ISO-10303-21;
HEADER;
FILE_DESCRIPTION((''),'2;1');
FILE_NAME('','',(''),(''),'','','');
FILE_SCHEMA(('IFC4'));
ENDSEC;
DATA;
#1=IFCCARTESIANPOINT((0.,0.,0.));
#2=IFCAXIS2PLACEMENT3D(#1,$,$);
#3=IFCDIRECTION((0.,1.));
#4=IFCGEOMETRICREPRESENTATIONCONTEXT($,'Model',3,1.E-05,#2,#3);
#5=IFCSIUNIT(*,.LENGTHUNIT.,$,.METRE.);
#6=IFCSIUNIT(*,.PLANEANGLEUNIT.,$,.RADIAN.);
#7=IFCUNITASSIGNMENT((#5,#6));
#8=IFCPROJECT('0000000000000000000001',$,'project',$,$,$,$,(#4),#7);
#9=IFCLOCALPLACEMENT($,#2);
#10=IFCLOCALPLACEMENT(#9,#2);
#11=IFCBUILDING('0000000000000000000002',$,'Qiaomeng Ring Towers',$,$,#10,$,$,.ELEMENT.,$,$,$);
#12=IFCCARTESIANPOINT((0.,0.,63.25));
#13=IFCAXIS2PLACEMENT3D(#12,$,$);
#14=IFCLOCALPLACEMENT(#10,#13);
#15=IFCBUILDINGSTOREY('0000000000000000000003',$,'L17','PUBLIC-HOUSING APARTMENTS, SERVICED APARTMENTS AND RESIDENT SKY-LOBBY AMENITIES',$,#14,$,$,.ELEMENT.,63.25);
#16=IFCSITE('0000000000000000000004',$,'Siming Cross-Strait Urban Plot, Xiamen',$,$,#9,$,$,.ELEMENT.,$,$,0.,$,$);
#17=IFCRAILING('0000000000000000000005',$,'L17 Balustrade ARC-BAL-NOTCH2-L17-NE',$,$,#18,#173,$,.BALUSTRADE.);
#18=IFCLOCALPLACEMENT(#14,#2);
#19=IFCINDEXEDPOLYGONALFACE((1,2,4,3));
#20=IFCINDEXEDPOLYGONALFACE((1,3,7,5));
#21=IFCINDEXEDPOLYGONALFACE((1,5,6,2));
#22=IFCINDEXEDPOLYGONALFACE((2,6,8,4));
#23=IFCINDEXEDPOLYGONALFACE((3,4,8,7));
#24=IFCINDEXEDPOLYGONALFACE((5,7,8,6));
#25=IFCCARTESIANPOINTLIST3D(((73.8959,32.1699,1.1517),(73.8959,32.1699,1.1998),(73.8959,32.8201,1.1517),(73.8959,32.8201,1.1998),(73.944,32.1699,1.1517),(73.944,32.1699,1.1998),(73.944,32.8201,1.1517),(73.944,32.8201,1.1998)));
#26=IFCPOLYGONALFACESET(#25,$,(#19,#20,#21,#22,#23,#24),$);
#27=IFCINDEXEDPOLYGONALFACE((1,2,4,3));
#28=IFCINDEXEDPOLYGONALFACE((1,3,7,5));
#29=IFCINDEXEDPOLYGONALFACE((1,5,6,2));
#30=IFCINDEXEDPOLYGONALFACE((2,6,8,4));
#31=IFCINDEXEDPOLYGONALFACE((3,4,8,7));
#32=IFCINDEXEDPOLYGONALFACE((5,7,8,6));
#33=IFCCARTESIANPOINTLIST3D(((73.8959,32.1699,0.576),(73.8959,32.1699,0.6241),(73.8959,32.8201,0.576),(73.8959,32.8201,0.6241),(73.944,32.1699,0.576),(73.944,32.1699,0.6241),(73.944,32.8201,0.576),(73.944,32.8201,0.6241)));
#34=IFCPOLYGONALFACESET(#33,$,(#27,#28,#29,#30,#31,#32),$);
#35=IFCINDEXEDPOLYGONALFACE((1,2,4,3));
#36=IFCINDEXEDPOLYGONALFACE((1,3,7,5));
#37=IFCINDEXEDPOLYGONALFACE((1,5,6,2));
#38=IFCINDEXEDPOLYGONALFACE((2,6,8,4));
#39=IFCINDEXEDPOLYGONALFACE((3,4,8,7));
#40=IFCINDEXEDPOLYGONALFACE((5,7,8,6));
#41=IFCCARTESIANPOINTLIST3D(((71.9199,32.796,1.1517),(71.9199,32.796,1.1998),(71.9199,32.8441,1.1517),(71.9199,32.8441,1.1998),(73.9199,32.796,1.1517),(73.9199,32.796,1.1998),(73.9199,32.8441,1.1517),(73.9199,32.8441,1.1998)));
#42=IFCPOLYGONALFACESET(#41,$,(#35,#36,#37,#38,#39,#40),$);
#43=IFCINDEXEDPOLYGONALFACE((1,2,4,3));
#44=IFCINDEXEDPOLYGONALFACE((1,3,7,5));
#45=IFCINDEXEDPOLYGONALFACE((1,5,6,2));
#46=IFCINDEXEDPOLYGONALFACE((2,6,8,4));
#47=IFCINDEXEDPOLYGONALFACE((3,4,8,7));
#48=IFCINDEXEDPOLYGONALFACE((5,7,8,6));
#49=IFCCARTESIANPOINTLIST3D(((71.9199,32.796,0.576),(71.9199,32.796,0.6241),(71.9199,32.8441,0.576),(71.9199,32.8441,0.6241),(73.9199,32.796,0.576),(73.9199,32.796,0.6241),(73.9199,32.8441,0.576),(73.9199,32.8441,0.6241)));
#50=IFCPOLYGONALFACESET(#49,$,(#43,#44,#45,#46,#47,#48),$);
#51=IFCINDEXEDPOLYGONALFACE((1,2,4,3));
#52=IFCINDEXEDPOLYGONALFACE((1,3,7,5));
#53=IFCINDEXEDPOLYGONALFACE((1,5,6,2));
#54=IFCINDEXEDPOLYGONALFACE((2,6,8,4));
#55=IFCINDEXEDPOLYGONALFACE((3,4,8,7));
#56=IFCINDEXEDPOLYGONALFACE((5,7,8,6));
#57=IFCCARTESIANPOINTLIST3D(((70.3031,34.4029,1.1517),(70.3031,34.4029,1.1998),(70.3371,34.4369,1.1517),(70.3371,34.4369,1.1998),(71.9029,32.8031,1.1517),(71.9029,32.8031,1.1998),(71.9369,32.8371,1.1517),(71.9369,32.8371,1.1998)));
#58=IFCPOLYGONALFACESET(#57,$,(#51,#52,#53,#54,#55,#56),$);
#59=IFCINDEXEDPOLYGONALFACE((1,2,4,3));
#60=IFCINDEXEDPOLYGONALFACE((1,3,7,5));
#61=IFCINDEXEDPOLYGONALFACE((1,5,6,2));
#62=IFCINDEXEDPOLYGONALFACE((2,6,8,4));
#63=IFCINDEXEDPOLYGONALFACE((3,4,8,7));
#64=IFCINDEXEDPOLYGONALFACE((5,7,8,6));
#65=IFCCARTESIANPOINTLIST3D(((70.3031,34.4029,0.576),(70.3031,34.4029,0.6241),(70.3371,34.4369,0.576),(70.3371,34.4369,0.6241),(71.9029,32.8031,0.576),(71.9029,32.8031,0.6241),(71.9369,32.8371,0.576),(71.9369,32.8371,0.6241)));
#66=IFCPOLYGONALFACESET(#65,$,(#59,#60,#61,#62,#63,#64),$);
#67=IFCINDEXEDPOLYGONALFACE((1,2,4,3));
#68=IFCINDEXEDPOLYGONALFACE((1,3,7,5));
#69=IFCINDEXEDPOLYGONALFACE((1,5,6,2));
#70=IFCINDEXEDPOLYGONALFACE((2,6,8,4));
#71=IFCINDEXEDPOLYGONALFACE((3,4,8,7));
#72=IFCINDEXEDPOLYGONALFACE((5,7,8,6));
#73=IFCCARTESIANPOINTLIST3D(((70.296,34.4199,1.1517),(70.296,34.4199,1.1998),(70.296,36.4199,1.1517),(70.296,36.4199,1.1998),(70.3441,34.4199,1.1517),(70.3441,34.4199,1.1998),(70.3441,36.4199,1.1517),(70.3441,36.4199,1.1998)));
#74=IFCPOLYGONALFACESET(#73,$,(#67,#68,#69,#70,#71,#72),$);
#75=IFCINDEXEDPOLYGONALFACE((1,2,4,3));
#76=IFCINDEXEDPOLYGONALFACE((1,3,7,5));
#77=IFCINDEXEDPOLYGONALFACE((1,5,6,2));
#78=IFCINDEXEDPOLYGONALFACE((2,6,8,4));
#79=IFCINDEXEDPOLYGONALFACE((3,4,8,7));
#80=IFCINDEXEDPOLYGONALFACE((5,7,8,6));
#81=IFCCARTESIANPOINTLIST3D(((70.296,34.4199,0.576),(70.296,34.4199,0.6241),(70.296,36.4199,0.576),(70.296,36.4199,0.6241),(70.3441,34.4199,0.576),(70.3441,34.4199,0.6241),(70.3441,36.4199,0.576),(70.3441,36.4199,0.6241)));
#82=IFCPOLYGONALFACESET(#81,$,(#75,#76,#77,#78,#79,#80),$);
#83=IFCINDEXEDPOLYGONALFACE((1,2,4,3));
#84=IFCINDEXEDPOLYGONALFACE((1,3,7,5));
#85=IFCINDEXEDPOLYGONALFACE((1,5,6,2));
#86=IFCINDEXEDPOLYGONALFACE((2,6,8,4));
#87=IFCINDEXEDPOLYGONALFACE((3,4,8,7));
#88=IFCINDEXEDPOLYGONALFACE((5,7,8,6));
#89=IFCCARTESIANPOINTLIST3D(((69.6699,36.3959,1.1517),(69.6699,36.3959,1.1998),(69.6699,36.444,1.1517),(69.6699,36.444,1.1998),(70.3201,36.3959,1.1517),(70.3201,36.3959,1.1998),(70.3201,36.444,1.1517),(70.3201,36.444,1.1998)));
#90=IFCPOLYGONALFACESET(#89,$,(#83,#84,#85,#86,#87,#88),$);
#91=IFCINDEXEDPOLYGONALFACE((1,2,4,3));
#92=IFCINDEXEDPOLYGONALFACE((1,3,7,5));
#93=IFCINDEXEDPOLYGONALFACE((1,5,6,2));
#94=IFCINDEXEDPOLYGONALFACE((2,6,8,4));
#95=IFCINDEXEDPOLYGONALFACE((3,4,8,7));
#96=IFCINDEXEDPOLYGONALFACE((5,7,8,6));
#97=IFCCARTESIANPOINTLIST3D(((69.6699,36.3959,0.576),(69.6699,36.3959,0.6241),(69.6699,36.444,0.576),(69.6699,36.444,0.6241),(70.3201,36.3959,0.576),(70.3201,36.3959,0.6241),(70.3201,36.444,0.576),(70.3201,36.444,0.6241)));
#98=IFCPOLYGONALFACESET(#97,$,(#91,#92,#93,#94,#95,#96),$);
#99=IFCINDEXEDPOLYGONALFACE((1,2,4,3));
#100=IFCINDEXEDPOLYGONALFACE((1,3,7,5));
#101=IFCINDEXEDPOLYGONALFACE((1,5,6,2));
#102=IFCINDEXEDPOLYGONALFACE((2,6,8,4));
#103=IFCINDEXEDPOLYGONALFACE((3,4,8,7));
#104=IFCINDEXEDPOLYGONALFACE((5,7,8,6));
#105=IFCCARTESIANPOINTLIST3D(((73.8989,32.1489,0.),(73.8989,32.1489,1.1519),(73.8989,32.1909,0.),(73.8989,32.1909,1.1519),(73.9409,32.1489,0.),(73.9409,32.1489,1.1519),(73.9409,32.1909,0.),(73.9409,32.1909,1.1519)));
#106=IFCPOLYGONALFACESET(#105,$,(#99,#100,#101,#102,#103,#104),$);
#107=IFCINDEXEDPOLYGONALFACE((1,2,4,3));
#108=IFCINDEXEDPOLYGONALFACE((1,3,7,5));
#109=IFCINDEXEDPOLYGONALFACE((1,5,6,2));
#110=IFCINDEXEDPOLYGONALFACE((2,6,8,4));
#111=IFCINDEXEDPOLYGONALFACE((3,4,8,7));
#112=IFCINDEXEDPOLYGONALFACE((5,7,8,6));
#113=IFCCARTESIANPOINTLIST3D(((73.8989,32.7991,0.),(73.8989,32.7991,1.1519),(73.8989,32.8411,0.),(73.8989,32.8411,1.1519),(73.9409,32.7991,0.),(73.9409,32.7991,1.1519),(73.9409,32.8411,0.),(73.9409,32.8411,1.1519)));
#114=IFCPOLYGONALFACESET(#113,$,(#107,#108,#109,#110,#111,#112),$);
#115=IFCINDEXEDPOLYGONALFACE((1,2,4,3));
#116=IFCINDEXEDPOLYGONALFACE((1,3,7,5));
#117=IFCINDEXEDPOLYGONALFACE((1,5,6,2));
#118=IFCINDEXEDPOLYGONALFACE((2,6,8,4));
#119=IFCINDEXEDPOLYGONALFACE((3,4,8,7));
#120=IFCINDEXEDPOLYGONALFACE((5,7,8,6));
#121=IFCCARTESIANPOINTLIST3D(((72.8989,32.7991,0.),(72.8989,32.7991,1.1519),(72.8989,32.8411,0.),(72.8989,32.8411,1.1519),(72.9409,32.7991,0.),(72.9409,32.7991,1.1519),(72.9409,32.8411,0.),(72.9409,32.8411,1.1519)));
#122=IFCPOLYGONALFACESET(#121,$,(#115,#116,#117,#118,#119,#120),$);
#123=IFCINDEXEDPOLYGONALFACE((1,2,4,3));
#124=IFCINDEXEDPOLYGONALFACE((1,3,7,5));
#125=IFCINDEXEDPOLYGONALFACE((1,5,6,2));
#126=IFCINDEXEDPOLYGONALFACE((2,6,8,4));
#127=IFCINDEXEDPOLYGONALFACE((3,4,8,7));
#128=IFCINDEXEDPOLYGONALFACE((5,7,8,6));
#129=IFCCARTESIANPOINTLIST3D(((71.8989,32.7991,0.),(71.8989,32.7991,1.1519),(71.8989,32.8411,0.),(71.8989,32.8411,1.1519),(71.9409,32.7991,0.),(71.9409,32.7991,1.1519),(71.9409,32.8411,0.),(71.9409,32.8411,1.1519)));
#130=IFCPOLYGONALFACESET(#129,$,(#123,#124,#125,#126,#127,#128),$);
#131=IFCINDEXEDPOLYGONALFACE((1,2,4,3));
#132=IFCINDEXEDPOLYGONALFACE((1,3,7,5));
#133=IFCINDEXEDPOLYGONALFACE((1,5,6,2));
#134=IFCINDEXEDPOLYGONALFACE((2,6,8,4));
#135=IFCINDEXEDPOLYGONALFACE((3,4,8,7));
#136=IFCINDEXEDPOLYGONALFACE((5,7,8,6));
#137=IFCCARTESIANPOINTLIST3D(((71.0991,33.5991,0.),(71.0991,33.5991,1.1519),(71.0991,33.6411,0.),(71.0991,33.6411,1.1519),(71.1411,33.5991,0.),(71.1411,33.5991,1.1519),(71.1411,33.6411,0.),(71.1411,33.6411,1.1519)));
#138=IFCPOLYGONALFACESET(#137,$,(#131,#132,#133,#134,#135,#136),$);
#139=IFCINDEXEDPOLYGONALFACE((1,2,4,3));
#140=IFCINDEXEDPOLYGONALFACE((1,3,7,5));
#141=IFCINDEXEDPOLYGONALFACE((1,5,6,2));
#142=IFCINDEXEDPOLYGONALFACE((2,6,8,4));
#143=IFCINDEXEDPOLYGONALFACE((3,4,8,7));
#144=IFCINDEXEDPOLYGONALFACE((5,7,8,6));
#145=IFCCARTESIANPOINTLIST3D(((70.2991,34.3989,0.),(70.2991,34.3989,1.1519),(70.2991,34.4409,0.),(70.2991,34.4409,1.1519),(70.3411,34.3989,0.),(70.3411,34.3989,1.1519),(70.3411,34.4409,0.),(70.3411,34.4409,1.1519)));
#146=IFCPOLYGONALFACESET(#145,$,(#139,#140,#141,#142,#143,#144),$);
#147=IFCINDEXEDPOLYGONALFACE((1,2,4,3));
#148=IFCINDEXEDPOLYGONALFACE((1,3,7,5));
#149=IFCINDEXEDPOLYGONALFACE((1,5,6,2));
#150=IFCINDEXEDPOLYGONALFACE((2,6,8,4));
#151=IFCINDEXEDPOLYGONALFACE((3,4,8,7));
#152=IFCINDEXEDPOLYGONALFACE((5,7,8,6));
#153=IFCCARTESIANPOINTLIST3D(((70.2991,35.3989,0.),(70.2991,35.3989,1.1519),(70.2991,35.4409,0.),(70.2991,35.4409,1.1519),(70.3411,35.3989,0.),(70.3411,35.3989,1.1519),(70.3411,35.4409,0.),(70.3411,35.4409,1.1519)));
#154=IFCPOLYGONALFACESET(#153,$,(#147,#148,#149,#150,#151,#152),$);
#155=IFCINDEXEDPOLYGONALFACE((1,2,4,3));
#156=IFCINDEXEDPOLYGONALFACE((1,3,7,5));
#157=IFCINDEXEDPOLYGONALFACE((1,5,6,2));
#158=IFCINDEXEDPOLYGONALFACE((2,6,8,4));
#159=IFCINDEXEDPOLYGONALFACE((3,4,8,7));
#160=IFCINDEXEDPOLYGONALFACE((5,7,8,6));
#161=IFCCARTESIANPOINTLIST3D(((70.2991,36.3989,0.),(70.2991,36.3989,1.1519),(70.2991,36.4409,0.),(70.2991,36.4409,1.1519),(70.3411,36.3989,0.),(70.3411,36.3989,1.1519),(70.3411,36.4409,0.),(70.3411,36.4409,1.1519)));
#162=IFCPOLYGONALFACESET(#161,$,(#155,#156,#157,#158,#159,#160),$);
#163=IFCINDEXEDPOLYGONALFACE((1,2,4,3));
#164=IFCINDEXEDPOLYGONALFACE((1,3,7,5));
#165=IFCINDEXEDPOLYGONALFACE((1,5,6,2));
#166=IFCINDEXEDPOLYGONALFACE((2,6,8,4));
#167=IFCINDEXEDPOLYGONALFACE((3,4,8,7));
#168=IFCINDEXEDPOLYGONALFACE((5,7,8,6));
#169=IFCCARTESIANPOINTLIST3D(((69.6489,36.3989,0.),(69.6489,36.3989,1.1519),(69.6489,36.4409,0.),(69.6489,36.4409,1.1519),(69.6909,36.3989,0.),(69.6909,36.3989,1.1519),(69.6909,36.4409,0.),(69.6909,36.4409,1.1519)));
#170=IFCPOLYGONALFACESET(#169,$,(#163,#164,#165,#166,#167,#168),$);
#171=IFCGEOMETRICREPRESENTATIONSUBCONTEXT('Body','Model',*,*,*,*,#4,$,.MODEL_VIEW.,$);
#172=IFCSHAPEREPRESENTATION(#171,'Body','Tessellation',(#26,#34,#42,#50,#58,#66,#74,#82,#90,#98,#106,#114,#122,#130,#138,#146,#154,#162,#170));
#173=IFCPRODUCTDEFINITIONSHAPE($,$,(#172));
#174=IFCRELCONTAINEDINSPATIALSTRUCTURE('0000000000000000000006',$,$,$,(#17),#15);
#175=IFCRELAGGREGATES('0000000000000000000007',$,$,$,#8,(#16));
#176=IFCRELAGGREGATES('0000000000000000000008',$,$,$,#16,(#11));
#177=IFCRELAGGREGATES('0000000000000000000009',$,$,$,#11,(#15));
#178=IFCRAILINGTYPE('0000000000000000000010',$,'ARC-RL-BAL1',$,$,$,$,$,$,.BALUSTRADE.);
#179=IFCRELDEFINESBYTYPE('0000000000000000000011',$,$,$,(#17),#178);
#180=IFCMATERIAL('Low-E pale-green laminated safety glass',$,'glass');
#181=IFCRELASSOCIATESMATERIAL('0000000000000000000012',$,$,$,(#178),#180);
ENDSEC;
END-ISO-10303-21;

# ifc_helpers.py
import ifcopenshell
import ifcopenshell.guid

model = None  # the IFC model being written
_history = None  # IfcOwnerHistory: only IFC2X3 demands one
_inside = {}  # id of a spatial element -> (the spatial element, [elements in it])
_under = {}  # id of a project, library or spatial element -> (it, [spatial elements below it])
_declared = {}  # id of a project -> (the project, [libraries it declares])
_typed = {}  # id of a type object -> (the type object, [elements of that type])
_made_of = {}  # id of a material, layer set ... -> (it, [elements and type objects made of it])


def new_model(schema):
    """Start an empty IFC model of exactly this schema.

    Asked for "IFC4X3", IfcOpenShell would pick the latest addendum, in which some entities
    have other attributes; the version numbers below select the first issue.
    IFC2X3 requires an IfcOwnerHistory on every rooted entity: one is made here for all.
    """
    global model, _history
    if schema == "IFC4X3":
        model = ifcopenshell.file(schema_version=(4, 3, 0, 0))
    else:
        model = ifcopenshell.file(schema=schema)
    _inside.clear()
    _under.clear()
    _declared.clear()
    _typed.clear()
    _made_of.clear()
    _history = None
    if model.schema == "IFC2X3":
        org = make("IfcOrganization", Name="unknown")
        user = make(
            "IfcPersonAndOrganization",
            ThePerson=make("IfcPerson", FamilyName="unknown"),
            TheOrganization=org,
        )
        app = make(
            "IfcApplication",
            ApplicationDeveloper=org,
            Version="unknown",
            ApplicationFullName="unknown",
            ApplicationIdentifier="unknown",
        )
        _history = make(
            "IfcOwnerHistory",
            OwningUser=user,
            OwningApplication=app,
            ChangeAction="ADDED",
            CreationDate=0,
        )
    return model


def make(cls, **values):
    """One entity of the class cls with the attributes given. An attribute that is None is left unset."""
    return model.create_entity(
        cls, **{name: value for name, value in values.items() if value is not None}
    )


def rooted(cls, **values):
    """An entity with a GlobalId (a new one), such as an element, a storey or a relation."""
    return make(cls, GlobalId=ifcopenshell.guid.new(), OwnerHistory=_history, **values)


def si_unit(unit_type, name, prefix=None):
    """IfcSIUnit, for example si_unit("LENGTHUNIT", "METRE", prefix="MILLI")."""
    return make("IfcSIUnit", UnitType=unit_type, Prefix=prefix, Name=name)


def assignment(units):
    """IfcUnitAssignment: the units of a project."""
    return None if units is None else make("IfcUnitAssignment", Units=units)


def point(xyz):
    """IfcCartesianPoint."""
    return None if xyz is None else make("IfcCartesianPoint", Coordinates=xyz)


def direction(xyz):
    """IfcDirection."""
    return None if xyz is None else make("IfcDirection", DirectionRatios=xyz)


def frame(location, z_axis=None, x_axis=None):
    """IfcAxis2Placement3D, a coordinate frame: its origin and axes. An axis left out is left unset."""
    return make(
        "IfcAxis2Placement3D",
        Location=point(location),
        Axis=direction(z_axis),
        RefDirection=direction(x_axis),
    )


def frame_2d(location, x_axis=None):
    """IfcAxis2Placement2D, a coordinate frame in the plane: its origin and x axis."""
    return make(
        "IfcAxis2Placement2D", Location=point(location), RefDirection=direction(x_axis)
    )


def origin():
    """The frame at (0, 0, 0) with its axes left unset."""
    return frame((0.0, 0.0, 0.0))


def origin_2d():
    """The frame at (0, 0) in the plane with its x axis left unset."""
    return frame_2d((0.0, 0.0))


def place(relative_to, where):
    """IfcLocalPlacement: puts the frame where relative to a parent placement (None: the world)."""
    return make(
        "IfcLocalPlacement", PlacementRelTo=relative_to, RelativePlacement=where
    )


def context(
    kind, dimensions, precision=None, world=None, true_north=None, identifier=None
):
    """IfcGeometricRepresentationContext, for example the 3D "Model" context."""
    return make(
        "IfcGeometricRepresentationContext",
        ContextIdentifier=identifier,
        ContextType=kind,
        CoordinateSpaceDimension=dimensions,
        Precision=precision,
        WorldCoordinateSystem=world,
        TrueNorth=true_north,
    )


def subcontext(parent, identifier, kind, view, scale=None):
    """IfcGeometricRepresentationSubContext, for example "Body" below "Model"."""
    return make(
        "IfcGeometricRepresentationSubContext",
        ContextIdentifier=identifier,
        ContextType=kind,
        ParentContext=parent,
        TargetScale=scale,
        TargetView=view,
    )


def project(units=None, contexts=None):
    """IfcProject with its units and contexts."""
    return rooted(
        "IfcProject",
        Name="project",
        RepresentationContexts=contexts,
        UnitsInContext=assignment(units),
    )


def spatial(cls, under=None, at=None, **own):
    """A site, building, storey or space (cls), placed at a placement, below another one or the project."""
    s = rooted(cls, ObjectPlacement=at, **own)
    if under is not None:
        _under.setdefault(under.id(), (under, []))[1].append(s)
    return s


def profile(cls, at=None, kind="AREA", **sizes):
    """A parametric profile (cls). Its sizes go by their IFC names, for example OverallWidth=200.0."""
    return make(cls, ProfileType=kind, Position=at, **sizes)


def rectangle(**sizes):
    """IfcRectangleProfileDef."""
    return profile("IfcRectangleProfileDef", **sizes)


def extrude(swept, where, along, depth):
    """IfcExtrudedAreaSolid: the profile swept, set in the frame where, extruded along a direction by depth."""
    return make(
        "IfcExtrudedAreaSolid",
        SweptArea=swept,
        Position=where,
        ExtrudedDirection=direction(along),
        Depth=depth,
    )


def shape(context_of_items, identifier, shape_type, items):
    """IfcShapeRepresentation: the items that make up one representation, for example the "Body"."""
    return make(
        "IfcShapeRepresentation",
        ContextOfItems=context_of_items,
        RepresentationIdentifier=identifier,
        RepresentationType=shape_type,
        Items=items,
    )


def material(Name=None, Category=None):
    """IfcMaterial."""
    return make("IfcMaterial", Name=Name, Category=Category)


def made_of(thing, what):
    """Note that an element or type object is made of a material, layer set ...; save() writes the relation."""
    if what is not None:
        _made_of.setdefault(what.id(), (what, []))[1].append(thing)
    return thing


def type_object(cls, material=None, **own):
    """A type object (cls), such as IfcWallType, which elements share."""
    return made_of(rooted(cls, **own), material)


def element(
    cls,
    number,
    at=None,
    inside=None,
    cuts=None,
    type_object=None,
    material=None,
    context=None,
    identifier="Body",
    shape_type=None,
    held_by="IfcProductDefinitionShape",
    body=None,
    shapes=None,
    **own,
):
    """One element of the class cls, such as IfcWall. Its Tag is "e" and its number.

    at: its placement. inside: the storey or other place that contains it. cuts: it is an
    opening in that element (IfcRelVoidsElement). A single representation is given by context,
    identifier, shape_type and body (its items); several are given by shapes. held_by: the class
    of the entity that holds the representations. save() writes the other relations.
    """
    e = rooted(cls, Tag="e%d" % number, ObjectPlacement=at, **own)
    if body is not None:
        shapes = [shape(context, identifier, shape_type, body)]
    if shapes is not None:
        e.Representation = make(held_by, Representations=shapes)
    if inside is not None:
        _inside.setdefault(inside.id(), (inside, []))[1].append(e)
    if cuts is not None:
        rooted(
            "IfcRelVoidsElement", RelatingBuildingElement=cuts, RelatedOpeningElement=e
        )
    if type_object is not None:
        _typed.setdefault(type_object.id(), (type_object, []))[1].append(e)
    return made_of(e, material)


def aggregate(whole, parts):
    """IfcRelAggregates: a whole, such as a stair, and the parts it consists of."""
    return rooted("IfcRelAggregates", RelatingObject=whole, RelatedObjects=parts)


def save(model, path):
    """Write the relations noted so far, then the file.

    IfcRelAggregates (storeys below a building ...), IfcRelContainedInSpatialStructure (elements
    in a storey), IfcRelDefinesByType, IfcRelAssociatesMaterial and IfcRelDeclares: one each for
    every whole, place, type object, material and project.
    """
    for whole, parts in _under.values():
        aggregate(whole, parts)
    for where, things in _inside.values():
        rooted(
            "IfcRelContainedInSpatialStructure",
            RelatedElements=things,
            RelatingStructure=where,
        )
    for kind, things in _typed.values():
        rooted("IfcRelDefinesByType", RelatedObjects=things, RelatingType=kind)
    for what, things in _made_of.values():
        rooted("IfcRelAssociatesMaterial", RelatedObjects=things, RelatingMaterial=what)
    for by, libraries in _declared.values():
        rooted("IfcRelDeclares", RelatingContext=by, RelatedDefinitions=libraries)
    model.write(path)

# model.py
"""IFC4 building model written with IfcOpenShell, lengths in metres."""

from ifc_helpers import new_model, si_unit, direction, frame, origin, origin_2d, place, context, subcontext, project, spatial, rectangle, extrude, material, type_object, element, save


model = new_model("IFC4")

# Units and contexts
model_context = context("Model", 3, precision=1e-05, world=origin(), true_north=direction((0.0, 1.0)))
body_context = subcontext(model_context, "Body", "Model", "MODEL_VIEW")
ifc_project = project(units=[si_unit("LENGTHUNIT", "METRE"), si_unit("PLANEANGLEUNIT", "RADIAN")], contexts=[model_context])

# Site, building, storey
site_placement = place(None, origin())
site = spatial("IfcSite", under=ifc_project, at=site_placement, Name="Siming Cross-Strait Urban Plot, Xiamen", CompositionType="ELEMENT", RefElevation=0.0)
building_placement = place(site_placement, origin())
building = spatial("IfcBuilding", under=site, at=building_placement, Name="Qiaomeng Ring Towers", CompositionType="ELEMENT")
storey_placement = place(building_placement, frame((0.0, 0.0, 63.25)))
storey = spatial("IfcBuildingStorey", under=building, at=storey_placement, Name="L17", Description="PUBLIC-HOUSING APARTMENTS, SERVICED APARTMENTS AND RESIDENT SKY-LOBBY AMENITIES", CompositionType="ELEMENT", Elevation=63.25)

# Railing
ifc_material_1 = material(Name="Low-E pale-green laminated safety glass", Category="glass")
railing_type = type_object("IfcRailingType", Name="ARC-RL-BAL1", PredefinedType="BALUSTRADE", material=ifc_material_1)
railing_1_placement = place(storey_placement, frame((73.9199, 32.1699, 0.0)))
element("IfcRailing", 1, at=railing_1_placement, inside=storey, type_object=railing_type, Name="L17 Balustrade ARC-BAL-NOTCH2-L17-NE", PredefinedType="BALUSTRADE", context=body_context, shape_type="SweptSolid", body=[
    extrude(rectangle(XDim=0.0481, YDim=0.0481, at=origin_2d()), frame((0.0, 0.0, 1.1758), z_axis=(0.0, 1.0, 0.0), x_axis=(-1.0, 0.0, 0.0)), (0.0, 0.0, 1.0), 0.6501),
    extrude(rectangle(XDim=0.0481, YDim=0.0481, at=origin_2d()), frame((0.0, 0.0, 0.6001), z_axis=(0.0, 1.0, 0.0), x_axis=(-1.0, 0.0, 0.0)), (0.0, 0.0, 1.0), 0.6501),
    extrude(rectangle(XDim=0.0481, YDim=0.0481, at=origin_2d()), frame((0.0, 0.6501, 1.1758), z_axis=(-1.0, 0.0, 0.0), x_axis=(0.0, -1.0, 0.0)), (0.0, 0.0, 1.0), 2.0),
    extrude(rectangle(XDim=0.0481, YDim=0.0481, at=origin_2d()), frame((0.0, 0.6501, 0.6001), z_axis=(-1.0, 0.0, 0.0), x_axis=(0.0, -1.0, 0.0)), (0.0, 0.0, 1.0), 2.0),
    extrude(rectangle(XDim=0.0481, YDim=0.0481, at=origin_2d()), frame((-2.0, 0.6501, 1.1758), z_axis=(-0.707107, 0.707107, 0.0), x_axis=(-0.707107, -0.707107, 0.0)), (0.0, 0.0, 1.0), 2.2625),
    extrude(rectangle(XDim=0.0481, YDim=0.0481, at=origin_2d()), frame((-2.0, 0.6501, 0.6001), z_axis=(-0.707107, 0.707107, 0.0), x_axis=(-0.707107, -0.707107, 0.0)), (0.0, 0.0, 1.0), 2.2625),
    extrude(rectangle(XDim=0.0481, YDim=0.0481, at=origin_2d()), frame((-3.5999, 2.25, 1.1758), z_axis=(0.0, 1.0, 0.0), x_axis=(-1.0, 0.0, 0.0)), (0.0, 0.0, 1.0), 2.0),
    extrude(rectangle(XDim=0.0481, YDim=0.0481, at=origin_2d()), frame((-3.5999, 2.25, 0.6001), z_axis=(0.0, 1.0, 0.0), x_axis=(-1.0, 0.0, 0.0)), (0.0, 0.0, 1.0), 2.0),
    extrude(rectangle(XDim=0.0481, YDim=0.0481, at=origin_2d()), frame((-3.5999, 4.25, 1.1758), z_axis=(-1.0, 0.0, 0.0), x_axis=(0.0, -1.0, 0.0)), (0.0, 0.0, 1.0), 0.6501),
    extrude(rectangle(XDim=0.0481, YDim=0.0481, at=origin_2d()), frame((-3.5999, 4.25, 0.6001), z_axis=(-1.0, 0.0, 0.0), x_axis=(0.0, -1.0, 0.0)), (0.0, 0.0, 1.0), 0.6501),
    extrude(rectangle(XDim=0.042, YDim=0.042, at=origin_2d()), origin(), (0.0, 0.0, 1.0), 1.1519),
    extrude(rectangle(XDim=0.042, YDim=0.042, at=origin_2d()), frame((0.0, 0.6501, 0.0)), (0.0, 0.0, 1.0), 1.1519),
    extrude(rectangle(XDim=0.042, YDim=0.042, at=origin_2d()), frame((-1.0, 0.6501, 0.0)), (0.0, 0.0, 1.0), 1.1519),
    extrude(rectangle(XDim=0.042, YDim=0.042, at=origin_2d()), frame((-2.0, 0.6501, 0.0)), (0.0, 0.0, 1.0), 1.1519),
    extrude(rectangle(XDim=0.042, YDim=0.042, at=origin_2d()), frame((-2.7998, 1.4502, 0.0)), (0.0, 0.0, 1.0), 1.1519),
    extrude(rectangle(XDim=0.042, YDim=0.042, at=origin_2d()), frame((-3.5999, 2.25, 0.0)), (0.0, 0.0, 1.0), 1.1519),
    extrude(rectangle(XDim=0.042, YDim=0.042, at=origin_2d()), frame((-3.5999, 3.25, 0.0)), (0.0, 0.0, 1.0), 1.1519),
    extrude(rectangle(XDim=0.042, YDim=0.042, at=origin_2d()), frame((-3.5999, 4.25, 0.0)), (0.0, 0.0, 1.0), 1.1519),
    extrude(rectangle(XDim=0.042, YDim=0.042, at=origin_2d()), frame((-4.25, 4.25, 0.0)), (0.0, 0.0, 1.0), 1.1519),
])

save(model, "model.ifc")
